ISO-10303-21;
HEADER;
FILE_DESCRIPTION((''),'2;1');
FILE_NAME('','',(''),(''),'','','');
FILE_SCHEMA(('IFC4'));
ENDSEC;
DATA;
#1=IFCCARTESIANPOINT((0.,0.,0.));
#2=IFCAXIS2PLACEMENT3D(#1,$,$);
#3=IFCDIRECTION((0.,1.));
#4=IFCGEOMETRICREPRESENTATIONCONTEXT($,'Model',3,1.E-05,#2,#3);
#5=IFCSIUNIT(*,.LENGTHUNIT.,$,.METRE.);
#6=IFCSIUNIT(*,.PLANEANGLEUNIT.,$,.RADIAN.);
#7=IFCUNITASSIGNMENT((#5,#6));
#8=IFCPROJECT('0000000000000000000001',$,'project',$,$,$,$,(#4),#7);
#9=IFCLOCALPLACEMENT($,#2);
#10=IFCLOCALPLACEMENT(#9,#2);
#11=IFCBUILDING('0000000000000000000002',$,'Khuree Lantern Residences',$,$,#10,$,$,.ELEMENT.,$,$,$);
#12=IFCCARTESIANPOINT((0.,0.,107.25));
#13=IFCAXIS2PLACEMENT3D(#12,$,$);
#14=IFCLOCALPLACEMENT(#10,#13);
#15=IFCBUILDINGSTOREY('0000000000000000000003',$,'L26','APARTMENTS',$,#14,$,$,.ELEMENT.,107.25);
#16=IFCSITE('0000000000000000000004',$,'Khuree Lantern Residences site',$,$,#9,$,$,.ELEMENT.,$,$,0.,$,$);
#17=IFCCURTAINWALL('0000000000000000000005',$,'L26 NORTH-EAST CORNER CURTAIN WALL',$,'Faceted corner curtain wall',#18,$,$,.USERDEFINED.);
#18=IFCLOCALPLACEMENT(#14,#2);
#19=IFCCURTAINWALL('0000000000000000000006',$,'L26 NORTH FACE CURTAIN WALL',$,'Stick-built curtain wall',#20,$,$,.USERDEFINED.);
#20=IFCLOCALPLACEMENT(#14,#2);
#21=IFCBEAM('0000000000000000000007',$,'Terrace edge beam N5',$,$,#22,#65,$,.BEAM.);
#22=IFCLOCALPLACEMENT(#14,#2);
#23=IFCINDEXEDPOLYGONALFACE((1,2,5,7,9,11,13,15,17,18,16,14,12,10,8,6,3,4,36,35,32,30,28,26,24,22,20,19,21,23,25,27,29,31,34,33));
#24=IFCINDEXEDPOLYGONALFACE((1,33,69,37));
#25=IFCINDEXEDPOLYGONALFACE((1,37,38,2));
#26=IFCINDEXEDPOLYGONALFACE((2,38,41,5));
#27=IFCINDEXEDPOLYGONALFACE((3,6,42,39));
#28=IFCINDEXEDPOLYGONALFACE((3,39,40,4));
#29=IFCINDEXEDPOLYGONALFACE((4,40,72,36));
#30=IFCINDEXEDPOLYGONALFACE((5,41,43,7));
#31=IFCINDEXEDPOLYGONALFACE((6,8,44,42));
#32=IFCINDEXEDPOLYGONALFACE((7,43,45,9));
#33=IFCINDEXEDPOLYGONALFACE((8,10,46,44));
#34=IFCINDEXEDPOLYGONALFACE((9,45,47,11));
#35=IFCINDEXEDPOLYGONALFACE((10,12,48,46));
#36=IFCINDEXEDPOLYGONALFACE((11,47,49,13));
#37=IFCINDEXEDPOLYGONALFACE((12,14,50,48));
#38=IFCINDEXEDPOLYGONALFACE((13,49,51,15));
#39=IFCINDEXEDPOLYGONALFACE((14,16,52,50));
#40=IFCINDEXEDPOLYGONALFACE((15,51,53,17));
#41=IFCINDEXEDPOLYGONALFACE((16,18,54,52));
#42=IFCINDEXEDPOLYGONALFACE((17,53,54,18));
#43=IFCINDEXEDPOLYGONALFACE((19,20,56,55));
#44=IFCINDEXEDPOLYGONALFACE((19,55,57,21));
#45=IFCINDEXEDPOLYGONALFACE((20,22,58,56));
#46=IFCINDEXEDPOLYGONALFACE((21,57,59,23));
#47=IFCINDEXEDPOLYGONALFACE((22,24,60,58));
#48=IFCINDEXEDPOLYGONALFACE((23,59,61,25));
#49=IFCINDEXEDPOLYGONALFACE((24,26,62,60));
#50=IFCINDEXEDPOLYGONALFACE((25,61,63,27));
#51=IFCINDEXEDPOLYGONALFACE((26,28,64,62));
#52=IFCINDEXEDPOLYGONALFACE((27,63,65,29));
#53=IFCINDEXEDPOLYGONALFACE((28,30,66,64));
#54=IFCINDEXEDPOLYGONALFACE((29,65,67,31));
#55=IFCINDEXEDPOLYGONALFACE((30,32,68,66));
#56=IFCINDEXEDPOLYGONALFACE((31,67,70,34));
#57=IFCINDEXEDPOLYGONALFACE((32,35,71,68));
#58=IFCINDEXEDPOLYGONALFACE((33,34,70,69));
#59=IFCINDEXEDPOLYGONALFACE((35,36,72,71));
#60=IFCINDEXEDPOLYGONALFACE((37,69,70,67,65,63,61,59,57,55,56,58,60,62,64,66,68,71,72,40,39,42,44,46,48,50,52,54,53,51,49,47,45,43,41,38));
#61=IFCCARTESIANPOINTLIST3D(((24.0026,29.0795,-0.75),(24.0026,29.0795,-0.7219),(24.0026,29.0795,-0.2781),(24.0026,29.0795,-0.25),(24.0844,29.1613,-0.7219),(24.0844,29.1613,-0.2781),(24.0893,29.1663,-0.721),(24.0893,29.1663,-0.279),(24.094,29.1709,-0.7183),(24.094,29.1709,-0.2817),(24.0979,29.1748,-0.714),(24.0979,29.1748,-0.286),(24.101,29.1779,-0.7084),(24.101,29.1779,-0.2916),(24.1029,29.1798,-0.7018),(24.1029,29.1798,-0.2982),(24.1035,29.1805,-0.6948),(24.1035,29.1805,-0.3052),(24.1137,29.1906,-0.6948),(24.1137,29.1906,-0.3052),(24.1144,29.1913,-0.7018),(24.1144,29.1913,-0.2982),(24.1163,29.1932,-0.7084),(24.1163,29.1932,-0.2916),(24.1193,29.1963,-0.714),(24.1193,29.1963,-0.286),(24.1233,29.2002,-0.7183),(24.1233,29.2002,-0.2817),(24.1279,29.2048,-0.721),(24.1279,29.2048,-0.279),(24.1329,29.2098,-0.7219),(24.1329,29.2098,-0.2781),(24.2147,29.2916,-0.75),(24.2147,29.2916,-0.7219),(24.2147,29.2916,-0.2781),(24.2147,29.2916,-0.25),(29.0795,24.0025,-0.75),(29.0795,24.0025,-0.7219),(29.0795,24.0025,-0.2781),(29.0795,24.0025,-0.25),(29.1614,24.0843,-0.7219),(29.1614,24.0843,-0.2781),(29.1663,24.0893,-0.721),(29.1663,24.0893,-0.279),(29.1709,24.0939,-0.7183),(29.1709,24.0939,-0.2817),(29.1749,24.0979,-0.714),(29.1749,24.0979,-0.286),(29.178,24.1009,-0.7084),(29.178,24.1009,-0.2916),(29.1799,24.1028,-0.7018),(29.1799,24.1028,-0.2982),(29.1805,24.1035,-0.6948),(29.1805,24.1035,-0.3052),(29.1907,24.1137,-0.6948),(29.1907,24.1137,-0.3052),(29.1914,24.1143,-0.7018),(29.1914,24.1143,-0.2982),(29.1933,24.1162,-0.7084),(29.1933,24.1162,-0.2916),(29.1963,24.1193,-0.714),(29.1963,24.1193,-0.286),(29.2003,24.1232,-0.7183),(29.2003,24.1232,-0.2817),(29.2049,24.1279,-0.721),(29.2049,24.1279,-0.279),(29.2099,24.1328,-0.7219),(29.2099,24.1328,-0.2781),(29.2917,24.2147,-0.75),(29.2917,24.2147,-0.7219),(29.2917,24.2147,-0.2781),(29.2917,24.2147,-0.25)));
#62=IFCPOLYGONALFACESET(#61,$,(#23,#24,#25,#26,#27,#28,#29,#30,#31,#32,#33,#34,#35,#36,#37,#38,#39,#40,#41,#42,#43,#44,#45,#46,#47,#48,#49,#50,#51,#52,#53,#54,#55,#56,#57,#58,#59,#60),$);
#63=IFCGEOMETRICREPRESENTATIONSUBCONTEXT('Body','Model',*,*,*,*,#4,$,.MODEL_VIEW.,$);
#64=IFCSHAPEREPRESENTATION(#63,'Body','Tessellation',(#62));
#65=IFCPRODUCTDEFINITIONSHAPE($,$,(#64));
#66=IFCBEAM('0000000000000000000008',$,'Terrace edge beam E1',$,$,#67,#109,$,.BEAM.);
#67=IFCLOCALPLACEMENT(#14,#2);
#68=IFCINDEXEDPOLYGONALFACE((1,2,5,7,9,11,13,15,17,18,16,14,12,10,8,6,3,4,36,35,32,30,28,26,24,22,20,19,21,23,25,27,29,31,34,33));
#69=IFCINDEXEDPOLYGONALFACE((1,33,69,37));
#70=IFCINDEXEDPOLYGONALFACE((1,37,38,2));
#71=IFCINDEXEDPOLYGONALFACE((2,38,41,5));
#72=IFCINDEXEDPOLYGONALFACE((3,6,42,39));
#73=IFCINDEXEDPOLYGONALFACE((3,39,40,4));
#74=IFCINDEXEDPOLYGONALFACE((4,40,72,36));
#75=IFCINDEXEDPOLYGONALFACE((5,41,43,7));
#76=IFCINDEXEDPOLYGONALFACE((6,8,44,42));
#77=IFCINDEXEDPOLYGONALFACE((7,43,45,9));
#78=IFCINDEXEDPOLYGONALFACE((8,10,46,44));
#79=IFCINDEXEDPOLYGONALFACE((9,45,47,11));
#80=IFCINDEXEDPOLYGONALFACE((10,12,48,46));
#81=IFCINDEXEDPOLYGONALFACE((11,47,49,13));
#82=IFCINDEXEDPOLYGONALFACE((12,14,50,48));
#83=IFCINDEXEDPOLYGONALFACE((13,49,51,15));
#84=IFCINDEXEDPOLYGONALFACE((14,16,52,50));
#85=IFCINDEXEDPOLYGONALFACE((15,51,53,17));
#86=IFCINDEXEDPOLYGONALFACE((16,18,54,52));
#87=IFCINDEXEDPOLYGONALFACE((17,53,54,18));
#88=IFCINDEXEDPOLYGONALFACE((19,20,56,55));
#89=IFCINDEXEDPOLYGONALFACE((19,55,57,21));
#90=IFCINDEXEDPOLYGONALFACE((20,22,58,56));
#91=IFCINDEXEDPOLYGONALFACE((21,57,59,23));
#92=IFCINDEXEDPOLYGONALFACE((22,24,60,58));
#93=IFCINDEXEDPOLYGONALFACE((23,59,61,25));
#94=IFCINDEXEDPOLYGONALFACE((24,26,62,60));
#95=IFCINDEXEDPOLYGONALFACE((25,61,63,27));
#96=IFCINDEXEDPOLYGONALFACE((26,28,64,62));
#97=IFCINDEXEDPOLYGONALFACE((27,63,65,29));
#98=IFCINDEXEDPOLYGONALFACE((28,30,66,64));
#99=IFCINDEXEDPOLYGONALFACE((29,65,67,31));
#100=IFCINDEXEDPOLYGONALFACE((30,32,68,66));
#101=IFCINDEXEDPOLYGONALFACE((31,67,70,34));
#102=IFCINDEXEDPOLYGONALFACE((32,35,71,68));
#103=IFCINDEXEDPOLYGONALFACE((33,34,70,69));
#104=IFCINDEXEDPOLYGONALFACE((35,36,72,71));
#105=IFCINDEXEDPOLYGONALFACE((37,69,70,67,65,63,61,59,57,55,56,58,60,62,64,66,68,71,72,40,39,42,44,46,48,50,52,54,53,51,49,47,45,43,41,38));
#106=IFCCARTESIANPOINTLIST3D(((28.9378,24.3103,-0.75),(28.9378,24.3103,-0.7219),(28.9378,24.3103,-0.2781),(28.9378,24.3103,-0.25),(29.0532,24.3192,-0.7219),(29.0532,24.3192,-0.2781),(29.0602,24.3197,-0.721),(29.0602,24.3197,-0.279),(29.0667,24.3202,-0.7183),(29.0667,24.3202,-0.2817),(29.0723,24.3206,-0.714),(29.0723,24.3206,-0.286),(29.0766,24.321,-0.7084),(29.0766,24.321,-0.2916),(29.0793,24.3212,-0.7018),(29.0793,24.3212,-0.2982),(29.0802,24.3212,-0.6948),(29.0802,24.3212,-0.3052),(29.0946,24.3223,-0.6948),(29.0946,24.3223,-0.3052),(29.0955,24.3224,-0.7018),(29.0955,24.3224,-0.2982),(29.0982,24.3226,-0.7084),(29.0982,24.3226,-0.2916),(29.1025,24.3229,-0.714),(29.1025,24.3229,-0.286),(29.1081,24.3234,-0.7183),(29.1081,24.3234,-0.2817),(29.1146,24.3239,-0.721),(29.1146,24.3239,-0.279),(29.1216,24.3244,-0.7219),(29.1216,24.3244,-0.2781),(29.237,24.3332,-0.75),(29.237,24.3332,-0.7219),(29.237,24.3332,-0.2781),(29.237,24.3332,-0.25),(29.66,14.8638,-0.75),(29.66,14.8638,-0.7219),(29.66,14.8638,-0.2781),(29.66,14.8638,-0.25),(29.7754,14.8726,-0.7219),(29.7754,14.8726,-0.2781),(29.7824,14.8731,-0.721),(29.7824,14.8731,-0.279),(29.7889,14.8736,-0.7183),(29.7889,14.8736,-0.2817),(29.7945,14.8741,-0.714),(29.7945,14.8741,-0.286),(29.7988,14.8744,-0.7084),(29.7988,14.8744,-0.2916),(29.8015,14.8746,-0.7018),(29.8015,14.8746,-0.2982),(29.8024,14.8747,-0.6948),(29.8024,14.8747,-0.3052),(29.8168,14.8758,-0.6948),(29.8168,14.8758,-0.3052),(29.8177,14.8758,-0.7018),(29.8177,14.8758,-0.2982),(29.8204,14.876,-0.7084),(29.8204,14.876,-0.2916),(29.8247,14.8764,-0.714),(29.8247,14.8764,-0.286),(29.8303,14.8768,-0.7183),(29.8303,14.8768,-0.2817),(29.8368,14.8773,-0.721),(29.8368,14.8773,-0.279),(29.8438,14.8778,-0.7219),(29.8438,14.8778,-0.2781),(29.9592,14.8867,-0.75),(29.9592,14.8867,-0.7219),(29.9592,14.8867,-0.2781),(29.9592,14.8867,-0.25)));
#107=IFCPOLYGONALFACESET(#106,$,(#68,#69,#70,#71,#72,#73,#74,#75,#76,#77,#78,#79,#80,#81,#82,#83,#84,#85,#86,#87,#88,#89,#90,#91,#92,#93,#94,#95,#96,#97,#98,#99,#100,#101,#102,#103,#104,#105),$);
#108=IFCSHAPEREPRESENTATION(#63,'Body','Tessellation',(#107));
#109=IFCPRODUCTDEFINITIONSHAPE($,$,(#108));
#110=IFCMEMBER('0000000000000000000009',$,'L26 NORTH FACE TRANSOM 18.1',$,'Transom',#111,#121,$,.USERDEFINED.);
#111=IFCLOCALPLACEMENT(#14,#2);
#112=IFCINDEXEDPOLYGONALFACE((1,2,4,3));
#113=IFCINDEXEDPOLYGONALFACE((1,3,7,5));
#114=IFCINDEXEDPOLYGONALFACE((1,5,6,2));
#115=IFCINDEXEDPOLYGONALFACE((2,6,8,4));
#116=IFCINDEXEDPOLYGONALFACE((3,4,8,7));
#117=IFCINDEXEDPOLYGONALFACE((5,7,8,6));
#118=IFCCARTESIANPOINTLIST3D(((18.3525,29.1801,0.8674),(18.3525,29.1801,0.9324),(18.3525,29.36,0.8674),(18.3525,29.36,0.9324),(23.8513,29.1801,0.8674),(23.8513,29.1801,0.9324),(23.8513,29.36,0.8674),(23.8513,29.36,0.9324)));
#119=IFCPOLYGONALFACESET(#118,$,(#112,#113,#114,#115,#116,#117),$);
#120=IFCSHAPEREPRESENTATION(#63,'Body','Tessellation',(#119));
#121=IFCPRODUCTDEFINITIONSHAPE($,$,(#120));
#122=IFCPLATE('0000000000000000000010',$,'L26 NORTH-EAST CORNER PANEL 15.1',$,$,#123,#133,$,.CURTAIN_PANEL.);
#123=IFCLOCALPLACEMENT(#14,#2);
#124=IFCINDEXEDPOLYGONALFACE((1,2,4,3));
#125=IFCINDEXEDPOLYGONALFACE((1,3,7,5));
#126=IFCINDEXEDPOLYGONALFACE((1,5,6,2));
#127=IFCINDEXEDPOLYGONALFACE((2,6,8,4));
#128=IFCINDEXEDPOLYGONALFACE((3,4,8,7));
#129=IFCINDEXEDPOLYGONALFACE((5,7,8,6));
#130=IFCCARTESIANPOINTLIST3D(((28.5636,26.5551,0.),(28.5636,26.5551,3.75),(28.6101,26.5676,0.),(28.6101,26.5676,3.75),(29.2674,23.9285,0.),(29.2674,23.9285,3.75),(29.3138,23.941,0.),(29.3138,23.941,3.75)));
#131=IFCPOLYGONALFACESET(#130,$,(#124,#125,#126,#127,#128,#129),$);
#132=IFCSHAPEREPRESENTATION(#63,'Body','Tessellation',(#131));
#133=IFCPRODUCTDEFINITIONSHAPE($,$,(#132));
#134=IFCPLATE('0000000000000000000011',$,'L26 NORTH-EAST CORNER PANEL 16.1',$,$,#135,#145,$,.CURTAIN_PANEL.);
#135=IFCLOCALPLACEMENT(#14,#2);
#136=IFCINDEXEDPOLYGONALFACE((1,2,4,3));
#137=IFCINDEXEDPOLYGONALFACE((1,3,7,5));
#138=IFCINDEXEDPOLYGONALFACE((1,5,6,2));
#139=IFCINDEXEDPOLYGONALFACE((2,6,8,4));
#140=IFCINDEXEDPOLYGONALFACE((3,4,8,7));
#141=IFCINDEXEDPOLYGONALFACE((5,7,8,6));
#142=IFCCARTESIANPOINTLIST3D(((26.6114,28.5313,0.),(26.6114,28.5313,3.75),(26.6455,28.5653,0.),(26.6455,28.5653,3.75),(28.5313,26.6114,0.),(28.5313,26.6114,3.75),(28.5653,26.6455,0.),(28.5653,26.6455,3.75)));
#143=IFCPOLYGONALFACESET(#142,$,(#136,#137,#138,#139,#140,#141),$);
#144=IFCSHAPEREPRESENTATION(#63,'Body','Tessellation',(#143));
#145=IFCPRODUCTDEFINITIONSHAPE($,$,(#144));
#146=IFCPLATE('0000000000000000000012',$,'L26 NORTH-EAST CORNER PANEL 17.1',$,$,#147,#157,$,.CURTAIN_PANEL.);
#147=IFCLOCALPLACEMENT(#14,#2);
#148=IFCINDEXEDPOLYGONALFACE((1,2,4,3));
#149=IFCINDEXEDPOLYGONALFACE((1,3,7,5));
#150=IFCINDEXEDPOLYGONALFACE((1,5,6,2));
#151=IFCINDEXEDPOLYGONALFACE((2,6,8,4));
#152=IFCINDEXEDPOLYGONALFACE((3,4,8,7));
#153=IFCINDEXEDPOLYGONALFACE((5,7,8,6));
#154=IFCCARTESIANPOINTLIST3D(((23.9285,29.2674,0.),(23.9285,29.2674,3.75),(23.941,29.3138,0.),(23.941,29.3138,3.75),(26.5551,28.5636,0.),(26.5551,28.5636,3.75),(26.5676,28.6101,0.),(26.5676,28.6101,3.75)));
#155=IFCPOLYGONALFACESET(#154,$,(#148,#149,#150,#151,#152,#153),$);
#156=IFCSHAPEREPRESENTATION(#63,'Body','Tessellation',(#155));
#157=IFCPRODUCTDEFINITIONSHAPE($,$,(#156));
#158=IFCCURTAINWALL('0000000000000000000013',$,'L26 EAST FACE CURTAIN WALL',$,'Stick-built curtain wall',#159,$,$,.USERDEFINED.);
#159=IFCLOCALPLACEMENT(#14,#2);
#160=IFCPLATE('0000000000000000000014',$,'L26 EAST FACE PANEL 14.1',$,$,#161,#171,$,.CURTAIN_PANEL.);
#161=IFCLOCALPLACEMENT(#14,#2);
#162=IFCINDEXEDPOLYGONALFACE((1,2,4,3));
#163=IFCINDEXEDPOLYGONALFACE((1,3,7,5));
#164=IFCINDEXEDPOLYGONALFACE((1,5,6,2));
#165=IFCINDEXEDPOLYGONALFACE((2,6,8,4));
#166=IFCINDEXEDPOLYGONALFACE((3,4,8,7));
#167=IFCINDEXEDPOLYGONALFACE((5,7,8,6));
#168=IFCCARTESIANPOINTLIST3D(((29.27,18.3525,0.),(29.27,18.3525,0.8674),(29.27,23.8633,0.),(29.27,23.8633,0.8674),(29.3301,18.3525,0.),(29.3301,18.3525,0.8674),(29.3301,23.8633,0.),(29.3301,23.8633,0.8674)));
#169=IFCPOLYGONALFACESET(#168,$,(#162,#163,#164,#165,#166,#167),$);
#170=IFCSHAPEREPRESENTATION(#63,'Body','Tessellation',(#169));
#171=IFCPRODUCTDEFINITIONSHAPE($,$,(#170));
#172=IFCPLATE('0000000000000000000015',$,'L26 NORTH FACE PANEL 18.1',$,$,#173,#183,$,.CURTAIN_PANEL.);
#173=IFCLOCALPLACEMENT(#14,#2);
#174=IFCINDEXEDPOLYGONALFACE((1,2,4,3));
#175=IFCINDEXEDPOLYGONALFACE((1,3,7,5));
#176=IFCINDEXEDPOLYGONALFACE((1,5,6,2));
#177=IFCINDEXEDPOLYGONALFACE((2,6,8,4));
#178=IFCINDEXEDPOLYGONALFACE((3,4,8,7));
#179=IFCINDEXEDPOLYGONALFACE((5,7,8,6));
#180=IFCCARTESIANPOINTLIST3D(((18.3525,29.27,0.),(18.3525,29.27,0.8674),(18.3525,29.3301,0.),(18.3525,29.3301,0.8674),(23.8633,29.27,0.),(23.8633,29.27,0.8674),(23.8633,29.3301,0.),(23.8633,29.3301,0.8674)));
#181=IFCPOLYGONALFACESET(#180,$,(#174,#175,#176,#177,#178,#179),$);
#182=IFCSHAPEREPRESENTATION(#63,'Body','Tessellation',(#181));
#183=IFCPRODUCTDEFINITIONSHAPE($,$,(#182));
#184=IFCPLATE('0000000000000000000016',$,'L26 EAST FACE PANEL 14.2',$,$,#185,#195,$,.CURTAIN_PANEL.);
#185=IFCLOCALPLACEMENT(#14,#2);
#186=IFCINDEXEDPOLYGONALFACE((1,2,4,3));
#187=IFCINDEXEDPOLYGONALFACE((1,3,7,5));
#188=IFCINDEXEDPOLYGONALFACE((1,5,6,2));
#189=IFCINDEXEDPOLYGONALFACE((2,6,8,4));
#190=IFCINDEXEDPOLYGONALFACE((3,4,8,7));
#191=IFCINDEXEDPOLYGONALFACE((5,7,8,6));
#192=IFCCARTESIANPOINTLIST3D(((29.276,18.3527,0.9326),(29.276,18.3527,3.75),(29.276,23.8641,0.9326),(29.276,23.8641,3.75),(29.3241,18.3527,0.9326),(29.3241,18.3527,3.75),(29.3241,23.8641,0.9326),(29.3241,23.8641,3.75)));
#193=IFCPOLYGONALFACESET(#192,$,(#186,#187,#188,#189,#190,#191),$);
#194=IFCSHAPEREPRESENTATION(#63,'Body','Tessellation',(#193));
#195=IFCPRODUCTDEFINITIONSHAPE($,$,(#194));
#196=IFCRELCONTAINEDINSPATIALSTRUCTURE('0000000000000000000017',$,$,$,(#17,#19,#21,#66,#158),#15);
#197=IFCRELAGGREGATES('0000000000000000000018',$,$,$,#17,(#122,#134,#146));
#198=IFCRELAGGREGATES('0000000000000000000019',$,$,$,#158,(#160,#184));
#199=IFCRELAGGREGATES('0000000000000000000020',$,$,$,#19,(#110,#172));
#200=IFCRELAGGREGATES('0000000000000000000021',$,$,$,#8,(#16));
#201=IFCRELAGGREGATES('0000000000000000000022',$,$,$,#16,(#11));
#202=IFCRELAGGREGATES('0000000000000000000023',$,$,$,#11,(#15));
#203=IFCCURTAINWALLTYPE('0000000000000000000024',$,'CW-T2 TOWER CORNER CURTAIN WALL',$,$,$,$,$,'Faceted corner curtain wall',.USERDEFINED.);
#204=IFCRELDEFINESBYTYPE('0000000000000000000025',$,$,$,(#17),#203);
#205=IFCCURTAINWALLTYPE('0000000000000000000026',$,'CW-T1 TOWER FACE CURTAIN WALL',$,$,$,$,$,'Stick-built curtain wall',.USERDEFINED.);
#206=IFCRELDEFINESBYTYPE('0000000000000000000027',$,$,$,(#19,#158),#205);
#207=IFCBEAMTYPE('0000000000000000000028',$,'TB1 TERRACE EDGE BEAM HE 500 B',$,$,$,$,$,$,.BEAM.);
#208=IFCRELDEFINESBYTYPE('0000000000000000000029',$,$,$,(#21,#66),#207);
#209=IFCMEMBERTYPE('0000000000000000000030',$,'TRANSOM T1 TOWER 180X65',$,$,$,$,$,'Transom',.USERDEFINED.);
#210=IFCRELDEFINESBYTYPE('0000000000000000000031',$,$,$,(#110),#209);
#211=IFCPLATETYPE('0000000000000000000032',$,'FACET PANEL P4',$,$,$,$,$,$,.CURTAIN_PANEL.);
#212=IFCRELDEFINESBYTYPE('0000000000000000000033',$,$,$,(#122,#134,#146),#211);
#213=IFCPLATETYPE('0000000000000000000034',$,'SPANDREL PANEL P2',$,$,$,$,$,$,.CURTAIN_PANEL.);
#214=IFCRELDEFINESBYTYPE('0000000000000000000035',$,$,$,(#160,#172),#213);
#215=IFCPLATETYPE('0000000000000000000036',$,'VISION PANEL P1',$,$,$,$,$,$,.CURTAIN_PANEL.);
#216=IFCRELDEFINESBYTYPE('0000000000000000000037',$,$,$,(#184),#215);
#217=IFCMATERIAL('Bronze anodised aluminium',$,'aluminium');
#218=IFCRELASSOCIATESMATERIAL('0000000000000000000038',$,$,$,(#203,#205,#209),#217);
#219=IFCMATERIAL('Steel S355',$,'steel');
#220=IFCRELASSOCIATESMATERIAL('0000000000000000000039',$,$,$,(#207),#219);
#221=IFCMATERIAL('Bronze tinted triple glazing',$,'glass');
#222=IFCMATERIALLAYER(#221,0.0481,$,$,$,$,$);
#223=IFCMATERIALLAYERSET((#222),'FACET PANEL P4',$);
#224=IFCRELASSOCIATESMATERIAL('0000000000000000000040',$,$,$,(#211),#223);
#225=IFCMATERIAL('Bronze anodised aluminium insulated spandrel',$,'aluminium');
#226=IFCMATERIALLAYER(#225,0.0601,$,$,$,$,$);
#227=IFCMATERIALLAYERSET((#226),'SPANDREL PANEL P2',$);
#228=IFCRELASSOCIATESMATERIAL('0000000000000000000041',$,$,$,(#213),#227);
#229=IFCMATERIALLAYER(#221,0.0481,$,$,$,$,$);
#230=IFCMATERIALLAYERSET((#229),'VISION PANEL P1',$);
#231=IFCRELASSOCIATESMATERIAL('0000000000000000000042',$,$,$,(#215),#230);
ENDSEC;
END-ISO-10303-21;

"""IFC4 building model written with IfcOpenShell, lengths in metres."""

from ifc_helpers import new_model, si_unit, direction, frame, origin, origin_2d, place, context, subcontext, project, spatial, rectangle, i_section, extrude, material, layer, layer_set, material_profile, profile_set, type_object, element, aggregate, save


model = new_model("IFC4")

# Units and contexts
model_context = context("Model", 3, precision=1e-05, world=origin(), true_north=direction((0.0, 1.0)))
body_context = subcontext(model_context, "Body", "Model", "MODEL_VIEW")
ifc_project = project(units=[si_unit("LENGTHUNIT", "METRE"), si_unit("PLANEANGLEUNIT", "RADIAN")], contexts=[model_context])

# Site, building, storey
site_placement = place(None, origin())
site = spatial("IfcSite", under=ifc_project, at=site_placement, Name="Khuree Lantern Residences site", CompositionType="ELEMENT", RefElevation=0.0)
building_placement = place(site_placement, origin())
building = spatial("IfcBuilding", under=site, at=building_placement, Name="Khuree Lantern Residences", CompositionType="ELEMENT")
storey_placement = place(building_placement, frame((0.0, 0.0, 107.25)))
storey = spatial("IfcBuildingStorey", under=building, at=storey_placement, Name="L26", Description="APARTMENTS", CompositionType="ELEMENT", Elevation=107.25)

# Shared definitions
ifc_material_1 = material(Name="Steel S355", Category="steel")

# Curtain wall
ifc_material_2 = material(Name="Bronze anodised aluminium", Category="aluminium")
curtain_wall_type_1 = type_object("IfcCurtainWallType", Name="CW-T2 TOWER CORNER CURTAIN WALL", ElementType="Faceted corner curtain wall", PredefinedType="USERDEFINED", material=ifc_material_2)
curtain_wall_1_placement = place(storey_placement, origin())
curtain_wall_1 = element("IfcCurtainWall", 1, at=curtain_wall_1_placement, inside=storey, type_object=curtain_wall_type_1, Name="L26 NORTH-EAST CORNER CURTAIN WALL", ObjectType="Faceted corner curtain wall", PredefinedType="USERDEFINED")

# Curtain wall
curtain_wall_type_2 = type_object("IfcCurtainWallType", Name="CW-T1 TOWER FACE CURTAIN WALL", ElementType="Stick-built curtain wall", PredefinedType="USERDEFINED", material=ifc_material_2)
curtain_wall_2_placement = place(storey_placement, origin())
curtain_wall_2 = element("IfcCurtainWall", 2, at=curtain_wall_2_placement, inside=storey, type_object=curtain_wall_type_2, Name="L26 NORTH FACE CURTAIN WALL", ObjectType="Stick-built curtain wall", PredefinedType="USERDEFINED")

# Beams
ifc_material_profile_1 = material_profile(ifc_material_1, i_section(OverallWidth=0.3, OverallDepth=0.5, WebThickness=0.0144, FlangeThickness=0.0281, FilletRadius=0.0271, at=origin_2d()), Name="HE 500 B")
ifc_profile_set_1 = profile_set([ifc_material_profile_1], Name="Steel S355")
beam_type_1 = type_object("IfcBeamType", Name="TB1 TERRACE EDGE BEAM HE 500 B", PredefinedType="BEAM", material=ifc_profile_set_1)
beam_1_placement = place(storey_placement, frame((24.1086, 29.1855, -0.5), z_axis=(0.707107, -0.707107, 0.0), x_axis=(0.707107, 0.707107, 0.0)))
element("IfcBeam", 3, at=beam_1_placement, inside=storey, type_object=beam_type_1, Name="Terrace edge beam N5", PredefinedType="BEAM", context=body_context, shape_type="SweptSolid", body=[
    extrude(i_section(OverallWidth=0.3, OverallDepth=0.5, WebThickness=0.0144, FlangeThickness=0.0281, FilletRadius=0.0271, at=origin_2d()), origin(), (0.0, 0.0, 1.0), 7.1799),
])
beam_2_placement = place(storey_placement, frame((29.0874, 24.3218, -0.5), z_axis=(0.076226, -0.997091, 0.0), x_axis=(0.997091, 0.076226, 0.0)))
element("IfcBeam", 4, at=beam_2_placement, inside=storey, type_object=beam_type_1, Name="Terrace edge beam E1", PredefinedType="BEAM", context=body_context, shape_type="SweptSolid", body=[
    extrude(i_section(OverallWidth=0.3, OverallDepth=0.5, WebThickness=0.0144, FlangeThickness=0.0281, FilletRadius=0.0271, at=origin_2d()), origin(), (0.0, 0.0, 1.0), 9.4741),
])

# Member
ifc_material_profile_2 = material_profile(ifc_material_2, rectangle(XDim=0.1799, YDim=0.0649, at=origin_2d()), Name="T1 180X65")
ifc_profile_set_2 = profile_set([ifc_material_profile_2], Name="Bronze anodised aluminium")
member_type_1 = type_object("IfcMemberType", Name="TRANSOM T1 TOWER 180X65", ElementType="Transom", PredefinedType="USERDEFINED", material=ifc_profile_set_2)
member_1_placement = place(storey_placement, frame((23.8513, 29.27, 0.8999), z_axis=(-1.0, 0.0, 0.0), x_axis=(0.0, -1.0, 0.0)))
member_1 = element("IfcMember", 5, at=member_1_placement, type_object=member_type_1, Name="L26 NORTH FACE TRANSOM 18.1", ObjectType="Transom", PredefinedType="USERDEFINED", context=body_context, shape_type="SweptSolid", body=[
    extrude(rectangle(XDim=0.1799, YDim=0.0649, at=origin_2d()), origin(), (0.0, 0.0, 1.0), 5.4988),
])

# Plates
ifc_material_3 = material(Name="Bronze tinted triple glazing", Category="glass")
ifc_layer_1 = layer(ifc_material_3, 0.0481)
ifc_layer_set_1 = layer_set([ifc_layer_1], Name="FACET PANEL P4")
plate_type_1 = type_object("IfcPlateType", Name="FACET PANEL P4", PredefinedType="CURTAIN_PANEL", material=ifc_layer_set_1)
plate_1_placement = place(storey_placement, frame((28.9387, 25.248, 0.0), z_axis=(0.0, 0.0, 1.0), x_axis=(-0.258819, 0.965926, 0.0)))
plate_1 = element("IfcPlate", 6, at=plate_1_placement, type_object=plate_type_1, Name="L26 NORTH-EAST CORNER PANEL 15.1", PredefinedType="CURTAIN_PANEL", context=body_context, shape_type="SweptSolid", body=[
    extrude(rectangle(XDim=2.7192, YDim=0.0481, at=origin_2d()), origin(), (0.0, 0.0, 1.0), 3.75),
])
plate_2_placement = place(storey_placement, frame((27.5884, 27.5884, 0.0), z_axis=(0.0, 0.0, 1.0), x_axis=(-0.707107, 0.707107, 0.0)))
plate_2 = element("IfcPlate", 7, at=plate_2_placement, type_object=plate_type_1, Name="L26 NORTH-EAST CORNER PANEL 16.1", PredefinedType="CURTAIN_PANEL", context=body_context, shape_type="SweptSolid", body=[
    extrude(rectangle(XDim=2.7151, YDim=0.0481, at=origin_2d()), origin(), (0.0, 0.0, 1.0), 3.75),
])
plate_3_placement = place(storey_placement, frame((25.248, 28.9387, 0.0), z_axis=(0.0, 0.0, 1.0), x_axis=(-0.965926, 0.258819, 0.0)))
plate_3 = element("IfcPlate", 8, at=plate_3_placement, type_object=plate_type_1, Name="L26 NORTH-EAST CORNER PANEL 17.1", PredefinedType="CURTAIN_PANEL", context=body_context, shape_type="SweptSolid", body=[
    extrude(rectangle(XDim=2.7192, YDim=0.0481, at=origin_2d()), origin(), (0.0, 0.0, 1.0), 3.75),
])
aggregate(curtain_wall_1, [plate_1, plate_2, plate_3])

# Curtain wall, plate
curtain_wall_3_placement = place(storey_placement, origin())
curtain_wall_3 = element("IfcCurtainWall", 9, at=curtain_wall_3_placement, inside=storey, type_object=curtain_wall_type_2, Name="L26 EAST FACE CURTAIN WALL", ObjectType="Stick-built curtain wall", PredefinedType="USERDEFINED")
ifc_material_4 = material(Name="Bronze anodised aluminium insulated spandrel", Category="aluminium")
ifc_layer_2 = layer(ifc_material_4, 0.0601)
ifc_layer_set_2 = layer_set([ifc_layer_2], Name="SPANDREL PANEL P2")
plate_type_2 = type_object("IfcPlateType", Name="SPANDREL PANEL P2", PredefinedType="CURTAIN_PANEL", material=ifc_layer_set_2)
plate_4_placement = place(storey_placement, frame((29.3, 21.1079, 0.0), z_axis=(0.0, 0.0, 1.0), x_axis=(0.0, 1.0, 0.0)))
plate_4 = element("IfcPlate", 10, at=plate_4_placement, type_object=plate_type_2, Name="L26 EAST FACE PANEL 14.1", PredefinedType="CURTAIN_PANEL", context=body_context, shape_type="SweptSolid", body=[
    extrude(rectangle(XDim=5.5107, YDim=0.0601, at=origin_2d()), origin(), (0.0, 0.0, 1.0), 0.8674),
])

# Plates
plate_5_placement = place(storey_placement, frame((21.1079, 29.3, 0.0), z_axis=(0.0, 0.0, 1.0), x_axis=(-1.0, 0.0, 0.0)))
plate_5 = element("IfcPlate", 11, at=plate_5_placement, type_object=plate_type_2, Name="L26 NORTH FACE PANEL 18.1", PredefinedType="CURTAIN_PANEL", context=body_context, shape_type="SweptSolid", body=[
    extrude(rectangle(XDim=5.5107, YDim=0.0601, at=origin_2d()), origin(), (0.0, 0.0, 1.0), 0.8674),
])
ifc_layer_3 = layer(ifc_material_3, 0.0481)
ifc_layer_set_3 = layer_set([ifc_layer_3], Name="VISION PANEL P1")
plate_type_3 = type_object("IfcPlateType", Name="VISION PANEL P1", PredefinedType="CURTAIN_PANEL", material=ifc_layer_set_3)
plate_6_placement = place(storey_placement, frame((29.3, 21.1084, 0.9326), z_axis=(0.0, 0.0, 1.0), x_axis=(0.0, 1.0, 0.0)))
plate_6 = element("IfcPlate", 12, at=plate_6_placement, type_object=plate_type_3, Name="L26 EAST FACE PANEL 14.2", PredefinedType="CURTAIN_PANEL", context=body_context, shape_type="SweptSolid", body=[
    extrude(rectangle(XDim=5.5115, YDim=0.0481, at=origin_2d()), origin(), (0.0, 0.0, 1.0), 2.8174),
])
aggregate(curtain_wall_3, [plate_4, plate_6])
aggregate(curtain_wall_2, [member_1, plate_5])

save(model, "model.ifc")
